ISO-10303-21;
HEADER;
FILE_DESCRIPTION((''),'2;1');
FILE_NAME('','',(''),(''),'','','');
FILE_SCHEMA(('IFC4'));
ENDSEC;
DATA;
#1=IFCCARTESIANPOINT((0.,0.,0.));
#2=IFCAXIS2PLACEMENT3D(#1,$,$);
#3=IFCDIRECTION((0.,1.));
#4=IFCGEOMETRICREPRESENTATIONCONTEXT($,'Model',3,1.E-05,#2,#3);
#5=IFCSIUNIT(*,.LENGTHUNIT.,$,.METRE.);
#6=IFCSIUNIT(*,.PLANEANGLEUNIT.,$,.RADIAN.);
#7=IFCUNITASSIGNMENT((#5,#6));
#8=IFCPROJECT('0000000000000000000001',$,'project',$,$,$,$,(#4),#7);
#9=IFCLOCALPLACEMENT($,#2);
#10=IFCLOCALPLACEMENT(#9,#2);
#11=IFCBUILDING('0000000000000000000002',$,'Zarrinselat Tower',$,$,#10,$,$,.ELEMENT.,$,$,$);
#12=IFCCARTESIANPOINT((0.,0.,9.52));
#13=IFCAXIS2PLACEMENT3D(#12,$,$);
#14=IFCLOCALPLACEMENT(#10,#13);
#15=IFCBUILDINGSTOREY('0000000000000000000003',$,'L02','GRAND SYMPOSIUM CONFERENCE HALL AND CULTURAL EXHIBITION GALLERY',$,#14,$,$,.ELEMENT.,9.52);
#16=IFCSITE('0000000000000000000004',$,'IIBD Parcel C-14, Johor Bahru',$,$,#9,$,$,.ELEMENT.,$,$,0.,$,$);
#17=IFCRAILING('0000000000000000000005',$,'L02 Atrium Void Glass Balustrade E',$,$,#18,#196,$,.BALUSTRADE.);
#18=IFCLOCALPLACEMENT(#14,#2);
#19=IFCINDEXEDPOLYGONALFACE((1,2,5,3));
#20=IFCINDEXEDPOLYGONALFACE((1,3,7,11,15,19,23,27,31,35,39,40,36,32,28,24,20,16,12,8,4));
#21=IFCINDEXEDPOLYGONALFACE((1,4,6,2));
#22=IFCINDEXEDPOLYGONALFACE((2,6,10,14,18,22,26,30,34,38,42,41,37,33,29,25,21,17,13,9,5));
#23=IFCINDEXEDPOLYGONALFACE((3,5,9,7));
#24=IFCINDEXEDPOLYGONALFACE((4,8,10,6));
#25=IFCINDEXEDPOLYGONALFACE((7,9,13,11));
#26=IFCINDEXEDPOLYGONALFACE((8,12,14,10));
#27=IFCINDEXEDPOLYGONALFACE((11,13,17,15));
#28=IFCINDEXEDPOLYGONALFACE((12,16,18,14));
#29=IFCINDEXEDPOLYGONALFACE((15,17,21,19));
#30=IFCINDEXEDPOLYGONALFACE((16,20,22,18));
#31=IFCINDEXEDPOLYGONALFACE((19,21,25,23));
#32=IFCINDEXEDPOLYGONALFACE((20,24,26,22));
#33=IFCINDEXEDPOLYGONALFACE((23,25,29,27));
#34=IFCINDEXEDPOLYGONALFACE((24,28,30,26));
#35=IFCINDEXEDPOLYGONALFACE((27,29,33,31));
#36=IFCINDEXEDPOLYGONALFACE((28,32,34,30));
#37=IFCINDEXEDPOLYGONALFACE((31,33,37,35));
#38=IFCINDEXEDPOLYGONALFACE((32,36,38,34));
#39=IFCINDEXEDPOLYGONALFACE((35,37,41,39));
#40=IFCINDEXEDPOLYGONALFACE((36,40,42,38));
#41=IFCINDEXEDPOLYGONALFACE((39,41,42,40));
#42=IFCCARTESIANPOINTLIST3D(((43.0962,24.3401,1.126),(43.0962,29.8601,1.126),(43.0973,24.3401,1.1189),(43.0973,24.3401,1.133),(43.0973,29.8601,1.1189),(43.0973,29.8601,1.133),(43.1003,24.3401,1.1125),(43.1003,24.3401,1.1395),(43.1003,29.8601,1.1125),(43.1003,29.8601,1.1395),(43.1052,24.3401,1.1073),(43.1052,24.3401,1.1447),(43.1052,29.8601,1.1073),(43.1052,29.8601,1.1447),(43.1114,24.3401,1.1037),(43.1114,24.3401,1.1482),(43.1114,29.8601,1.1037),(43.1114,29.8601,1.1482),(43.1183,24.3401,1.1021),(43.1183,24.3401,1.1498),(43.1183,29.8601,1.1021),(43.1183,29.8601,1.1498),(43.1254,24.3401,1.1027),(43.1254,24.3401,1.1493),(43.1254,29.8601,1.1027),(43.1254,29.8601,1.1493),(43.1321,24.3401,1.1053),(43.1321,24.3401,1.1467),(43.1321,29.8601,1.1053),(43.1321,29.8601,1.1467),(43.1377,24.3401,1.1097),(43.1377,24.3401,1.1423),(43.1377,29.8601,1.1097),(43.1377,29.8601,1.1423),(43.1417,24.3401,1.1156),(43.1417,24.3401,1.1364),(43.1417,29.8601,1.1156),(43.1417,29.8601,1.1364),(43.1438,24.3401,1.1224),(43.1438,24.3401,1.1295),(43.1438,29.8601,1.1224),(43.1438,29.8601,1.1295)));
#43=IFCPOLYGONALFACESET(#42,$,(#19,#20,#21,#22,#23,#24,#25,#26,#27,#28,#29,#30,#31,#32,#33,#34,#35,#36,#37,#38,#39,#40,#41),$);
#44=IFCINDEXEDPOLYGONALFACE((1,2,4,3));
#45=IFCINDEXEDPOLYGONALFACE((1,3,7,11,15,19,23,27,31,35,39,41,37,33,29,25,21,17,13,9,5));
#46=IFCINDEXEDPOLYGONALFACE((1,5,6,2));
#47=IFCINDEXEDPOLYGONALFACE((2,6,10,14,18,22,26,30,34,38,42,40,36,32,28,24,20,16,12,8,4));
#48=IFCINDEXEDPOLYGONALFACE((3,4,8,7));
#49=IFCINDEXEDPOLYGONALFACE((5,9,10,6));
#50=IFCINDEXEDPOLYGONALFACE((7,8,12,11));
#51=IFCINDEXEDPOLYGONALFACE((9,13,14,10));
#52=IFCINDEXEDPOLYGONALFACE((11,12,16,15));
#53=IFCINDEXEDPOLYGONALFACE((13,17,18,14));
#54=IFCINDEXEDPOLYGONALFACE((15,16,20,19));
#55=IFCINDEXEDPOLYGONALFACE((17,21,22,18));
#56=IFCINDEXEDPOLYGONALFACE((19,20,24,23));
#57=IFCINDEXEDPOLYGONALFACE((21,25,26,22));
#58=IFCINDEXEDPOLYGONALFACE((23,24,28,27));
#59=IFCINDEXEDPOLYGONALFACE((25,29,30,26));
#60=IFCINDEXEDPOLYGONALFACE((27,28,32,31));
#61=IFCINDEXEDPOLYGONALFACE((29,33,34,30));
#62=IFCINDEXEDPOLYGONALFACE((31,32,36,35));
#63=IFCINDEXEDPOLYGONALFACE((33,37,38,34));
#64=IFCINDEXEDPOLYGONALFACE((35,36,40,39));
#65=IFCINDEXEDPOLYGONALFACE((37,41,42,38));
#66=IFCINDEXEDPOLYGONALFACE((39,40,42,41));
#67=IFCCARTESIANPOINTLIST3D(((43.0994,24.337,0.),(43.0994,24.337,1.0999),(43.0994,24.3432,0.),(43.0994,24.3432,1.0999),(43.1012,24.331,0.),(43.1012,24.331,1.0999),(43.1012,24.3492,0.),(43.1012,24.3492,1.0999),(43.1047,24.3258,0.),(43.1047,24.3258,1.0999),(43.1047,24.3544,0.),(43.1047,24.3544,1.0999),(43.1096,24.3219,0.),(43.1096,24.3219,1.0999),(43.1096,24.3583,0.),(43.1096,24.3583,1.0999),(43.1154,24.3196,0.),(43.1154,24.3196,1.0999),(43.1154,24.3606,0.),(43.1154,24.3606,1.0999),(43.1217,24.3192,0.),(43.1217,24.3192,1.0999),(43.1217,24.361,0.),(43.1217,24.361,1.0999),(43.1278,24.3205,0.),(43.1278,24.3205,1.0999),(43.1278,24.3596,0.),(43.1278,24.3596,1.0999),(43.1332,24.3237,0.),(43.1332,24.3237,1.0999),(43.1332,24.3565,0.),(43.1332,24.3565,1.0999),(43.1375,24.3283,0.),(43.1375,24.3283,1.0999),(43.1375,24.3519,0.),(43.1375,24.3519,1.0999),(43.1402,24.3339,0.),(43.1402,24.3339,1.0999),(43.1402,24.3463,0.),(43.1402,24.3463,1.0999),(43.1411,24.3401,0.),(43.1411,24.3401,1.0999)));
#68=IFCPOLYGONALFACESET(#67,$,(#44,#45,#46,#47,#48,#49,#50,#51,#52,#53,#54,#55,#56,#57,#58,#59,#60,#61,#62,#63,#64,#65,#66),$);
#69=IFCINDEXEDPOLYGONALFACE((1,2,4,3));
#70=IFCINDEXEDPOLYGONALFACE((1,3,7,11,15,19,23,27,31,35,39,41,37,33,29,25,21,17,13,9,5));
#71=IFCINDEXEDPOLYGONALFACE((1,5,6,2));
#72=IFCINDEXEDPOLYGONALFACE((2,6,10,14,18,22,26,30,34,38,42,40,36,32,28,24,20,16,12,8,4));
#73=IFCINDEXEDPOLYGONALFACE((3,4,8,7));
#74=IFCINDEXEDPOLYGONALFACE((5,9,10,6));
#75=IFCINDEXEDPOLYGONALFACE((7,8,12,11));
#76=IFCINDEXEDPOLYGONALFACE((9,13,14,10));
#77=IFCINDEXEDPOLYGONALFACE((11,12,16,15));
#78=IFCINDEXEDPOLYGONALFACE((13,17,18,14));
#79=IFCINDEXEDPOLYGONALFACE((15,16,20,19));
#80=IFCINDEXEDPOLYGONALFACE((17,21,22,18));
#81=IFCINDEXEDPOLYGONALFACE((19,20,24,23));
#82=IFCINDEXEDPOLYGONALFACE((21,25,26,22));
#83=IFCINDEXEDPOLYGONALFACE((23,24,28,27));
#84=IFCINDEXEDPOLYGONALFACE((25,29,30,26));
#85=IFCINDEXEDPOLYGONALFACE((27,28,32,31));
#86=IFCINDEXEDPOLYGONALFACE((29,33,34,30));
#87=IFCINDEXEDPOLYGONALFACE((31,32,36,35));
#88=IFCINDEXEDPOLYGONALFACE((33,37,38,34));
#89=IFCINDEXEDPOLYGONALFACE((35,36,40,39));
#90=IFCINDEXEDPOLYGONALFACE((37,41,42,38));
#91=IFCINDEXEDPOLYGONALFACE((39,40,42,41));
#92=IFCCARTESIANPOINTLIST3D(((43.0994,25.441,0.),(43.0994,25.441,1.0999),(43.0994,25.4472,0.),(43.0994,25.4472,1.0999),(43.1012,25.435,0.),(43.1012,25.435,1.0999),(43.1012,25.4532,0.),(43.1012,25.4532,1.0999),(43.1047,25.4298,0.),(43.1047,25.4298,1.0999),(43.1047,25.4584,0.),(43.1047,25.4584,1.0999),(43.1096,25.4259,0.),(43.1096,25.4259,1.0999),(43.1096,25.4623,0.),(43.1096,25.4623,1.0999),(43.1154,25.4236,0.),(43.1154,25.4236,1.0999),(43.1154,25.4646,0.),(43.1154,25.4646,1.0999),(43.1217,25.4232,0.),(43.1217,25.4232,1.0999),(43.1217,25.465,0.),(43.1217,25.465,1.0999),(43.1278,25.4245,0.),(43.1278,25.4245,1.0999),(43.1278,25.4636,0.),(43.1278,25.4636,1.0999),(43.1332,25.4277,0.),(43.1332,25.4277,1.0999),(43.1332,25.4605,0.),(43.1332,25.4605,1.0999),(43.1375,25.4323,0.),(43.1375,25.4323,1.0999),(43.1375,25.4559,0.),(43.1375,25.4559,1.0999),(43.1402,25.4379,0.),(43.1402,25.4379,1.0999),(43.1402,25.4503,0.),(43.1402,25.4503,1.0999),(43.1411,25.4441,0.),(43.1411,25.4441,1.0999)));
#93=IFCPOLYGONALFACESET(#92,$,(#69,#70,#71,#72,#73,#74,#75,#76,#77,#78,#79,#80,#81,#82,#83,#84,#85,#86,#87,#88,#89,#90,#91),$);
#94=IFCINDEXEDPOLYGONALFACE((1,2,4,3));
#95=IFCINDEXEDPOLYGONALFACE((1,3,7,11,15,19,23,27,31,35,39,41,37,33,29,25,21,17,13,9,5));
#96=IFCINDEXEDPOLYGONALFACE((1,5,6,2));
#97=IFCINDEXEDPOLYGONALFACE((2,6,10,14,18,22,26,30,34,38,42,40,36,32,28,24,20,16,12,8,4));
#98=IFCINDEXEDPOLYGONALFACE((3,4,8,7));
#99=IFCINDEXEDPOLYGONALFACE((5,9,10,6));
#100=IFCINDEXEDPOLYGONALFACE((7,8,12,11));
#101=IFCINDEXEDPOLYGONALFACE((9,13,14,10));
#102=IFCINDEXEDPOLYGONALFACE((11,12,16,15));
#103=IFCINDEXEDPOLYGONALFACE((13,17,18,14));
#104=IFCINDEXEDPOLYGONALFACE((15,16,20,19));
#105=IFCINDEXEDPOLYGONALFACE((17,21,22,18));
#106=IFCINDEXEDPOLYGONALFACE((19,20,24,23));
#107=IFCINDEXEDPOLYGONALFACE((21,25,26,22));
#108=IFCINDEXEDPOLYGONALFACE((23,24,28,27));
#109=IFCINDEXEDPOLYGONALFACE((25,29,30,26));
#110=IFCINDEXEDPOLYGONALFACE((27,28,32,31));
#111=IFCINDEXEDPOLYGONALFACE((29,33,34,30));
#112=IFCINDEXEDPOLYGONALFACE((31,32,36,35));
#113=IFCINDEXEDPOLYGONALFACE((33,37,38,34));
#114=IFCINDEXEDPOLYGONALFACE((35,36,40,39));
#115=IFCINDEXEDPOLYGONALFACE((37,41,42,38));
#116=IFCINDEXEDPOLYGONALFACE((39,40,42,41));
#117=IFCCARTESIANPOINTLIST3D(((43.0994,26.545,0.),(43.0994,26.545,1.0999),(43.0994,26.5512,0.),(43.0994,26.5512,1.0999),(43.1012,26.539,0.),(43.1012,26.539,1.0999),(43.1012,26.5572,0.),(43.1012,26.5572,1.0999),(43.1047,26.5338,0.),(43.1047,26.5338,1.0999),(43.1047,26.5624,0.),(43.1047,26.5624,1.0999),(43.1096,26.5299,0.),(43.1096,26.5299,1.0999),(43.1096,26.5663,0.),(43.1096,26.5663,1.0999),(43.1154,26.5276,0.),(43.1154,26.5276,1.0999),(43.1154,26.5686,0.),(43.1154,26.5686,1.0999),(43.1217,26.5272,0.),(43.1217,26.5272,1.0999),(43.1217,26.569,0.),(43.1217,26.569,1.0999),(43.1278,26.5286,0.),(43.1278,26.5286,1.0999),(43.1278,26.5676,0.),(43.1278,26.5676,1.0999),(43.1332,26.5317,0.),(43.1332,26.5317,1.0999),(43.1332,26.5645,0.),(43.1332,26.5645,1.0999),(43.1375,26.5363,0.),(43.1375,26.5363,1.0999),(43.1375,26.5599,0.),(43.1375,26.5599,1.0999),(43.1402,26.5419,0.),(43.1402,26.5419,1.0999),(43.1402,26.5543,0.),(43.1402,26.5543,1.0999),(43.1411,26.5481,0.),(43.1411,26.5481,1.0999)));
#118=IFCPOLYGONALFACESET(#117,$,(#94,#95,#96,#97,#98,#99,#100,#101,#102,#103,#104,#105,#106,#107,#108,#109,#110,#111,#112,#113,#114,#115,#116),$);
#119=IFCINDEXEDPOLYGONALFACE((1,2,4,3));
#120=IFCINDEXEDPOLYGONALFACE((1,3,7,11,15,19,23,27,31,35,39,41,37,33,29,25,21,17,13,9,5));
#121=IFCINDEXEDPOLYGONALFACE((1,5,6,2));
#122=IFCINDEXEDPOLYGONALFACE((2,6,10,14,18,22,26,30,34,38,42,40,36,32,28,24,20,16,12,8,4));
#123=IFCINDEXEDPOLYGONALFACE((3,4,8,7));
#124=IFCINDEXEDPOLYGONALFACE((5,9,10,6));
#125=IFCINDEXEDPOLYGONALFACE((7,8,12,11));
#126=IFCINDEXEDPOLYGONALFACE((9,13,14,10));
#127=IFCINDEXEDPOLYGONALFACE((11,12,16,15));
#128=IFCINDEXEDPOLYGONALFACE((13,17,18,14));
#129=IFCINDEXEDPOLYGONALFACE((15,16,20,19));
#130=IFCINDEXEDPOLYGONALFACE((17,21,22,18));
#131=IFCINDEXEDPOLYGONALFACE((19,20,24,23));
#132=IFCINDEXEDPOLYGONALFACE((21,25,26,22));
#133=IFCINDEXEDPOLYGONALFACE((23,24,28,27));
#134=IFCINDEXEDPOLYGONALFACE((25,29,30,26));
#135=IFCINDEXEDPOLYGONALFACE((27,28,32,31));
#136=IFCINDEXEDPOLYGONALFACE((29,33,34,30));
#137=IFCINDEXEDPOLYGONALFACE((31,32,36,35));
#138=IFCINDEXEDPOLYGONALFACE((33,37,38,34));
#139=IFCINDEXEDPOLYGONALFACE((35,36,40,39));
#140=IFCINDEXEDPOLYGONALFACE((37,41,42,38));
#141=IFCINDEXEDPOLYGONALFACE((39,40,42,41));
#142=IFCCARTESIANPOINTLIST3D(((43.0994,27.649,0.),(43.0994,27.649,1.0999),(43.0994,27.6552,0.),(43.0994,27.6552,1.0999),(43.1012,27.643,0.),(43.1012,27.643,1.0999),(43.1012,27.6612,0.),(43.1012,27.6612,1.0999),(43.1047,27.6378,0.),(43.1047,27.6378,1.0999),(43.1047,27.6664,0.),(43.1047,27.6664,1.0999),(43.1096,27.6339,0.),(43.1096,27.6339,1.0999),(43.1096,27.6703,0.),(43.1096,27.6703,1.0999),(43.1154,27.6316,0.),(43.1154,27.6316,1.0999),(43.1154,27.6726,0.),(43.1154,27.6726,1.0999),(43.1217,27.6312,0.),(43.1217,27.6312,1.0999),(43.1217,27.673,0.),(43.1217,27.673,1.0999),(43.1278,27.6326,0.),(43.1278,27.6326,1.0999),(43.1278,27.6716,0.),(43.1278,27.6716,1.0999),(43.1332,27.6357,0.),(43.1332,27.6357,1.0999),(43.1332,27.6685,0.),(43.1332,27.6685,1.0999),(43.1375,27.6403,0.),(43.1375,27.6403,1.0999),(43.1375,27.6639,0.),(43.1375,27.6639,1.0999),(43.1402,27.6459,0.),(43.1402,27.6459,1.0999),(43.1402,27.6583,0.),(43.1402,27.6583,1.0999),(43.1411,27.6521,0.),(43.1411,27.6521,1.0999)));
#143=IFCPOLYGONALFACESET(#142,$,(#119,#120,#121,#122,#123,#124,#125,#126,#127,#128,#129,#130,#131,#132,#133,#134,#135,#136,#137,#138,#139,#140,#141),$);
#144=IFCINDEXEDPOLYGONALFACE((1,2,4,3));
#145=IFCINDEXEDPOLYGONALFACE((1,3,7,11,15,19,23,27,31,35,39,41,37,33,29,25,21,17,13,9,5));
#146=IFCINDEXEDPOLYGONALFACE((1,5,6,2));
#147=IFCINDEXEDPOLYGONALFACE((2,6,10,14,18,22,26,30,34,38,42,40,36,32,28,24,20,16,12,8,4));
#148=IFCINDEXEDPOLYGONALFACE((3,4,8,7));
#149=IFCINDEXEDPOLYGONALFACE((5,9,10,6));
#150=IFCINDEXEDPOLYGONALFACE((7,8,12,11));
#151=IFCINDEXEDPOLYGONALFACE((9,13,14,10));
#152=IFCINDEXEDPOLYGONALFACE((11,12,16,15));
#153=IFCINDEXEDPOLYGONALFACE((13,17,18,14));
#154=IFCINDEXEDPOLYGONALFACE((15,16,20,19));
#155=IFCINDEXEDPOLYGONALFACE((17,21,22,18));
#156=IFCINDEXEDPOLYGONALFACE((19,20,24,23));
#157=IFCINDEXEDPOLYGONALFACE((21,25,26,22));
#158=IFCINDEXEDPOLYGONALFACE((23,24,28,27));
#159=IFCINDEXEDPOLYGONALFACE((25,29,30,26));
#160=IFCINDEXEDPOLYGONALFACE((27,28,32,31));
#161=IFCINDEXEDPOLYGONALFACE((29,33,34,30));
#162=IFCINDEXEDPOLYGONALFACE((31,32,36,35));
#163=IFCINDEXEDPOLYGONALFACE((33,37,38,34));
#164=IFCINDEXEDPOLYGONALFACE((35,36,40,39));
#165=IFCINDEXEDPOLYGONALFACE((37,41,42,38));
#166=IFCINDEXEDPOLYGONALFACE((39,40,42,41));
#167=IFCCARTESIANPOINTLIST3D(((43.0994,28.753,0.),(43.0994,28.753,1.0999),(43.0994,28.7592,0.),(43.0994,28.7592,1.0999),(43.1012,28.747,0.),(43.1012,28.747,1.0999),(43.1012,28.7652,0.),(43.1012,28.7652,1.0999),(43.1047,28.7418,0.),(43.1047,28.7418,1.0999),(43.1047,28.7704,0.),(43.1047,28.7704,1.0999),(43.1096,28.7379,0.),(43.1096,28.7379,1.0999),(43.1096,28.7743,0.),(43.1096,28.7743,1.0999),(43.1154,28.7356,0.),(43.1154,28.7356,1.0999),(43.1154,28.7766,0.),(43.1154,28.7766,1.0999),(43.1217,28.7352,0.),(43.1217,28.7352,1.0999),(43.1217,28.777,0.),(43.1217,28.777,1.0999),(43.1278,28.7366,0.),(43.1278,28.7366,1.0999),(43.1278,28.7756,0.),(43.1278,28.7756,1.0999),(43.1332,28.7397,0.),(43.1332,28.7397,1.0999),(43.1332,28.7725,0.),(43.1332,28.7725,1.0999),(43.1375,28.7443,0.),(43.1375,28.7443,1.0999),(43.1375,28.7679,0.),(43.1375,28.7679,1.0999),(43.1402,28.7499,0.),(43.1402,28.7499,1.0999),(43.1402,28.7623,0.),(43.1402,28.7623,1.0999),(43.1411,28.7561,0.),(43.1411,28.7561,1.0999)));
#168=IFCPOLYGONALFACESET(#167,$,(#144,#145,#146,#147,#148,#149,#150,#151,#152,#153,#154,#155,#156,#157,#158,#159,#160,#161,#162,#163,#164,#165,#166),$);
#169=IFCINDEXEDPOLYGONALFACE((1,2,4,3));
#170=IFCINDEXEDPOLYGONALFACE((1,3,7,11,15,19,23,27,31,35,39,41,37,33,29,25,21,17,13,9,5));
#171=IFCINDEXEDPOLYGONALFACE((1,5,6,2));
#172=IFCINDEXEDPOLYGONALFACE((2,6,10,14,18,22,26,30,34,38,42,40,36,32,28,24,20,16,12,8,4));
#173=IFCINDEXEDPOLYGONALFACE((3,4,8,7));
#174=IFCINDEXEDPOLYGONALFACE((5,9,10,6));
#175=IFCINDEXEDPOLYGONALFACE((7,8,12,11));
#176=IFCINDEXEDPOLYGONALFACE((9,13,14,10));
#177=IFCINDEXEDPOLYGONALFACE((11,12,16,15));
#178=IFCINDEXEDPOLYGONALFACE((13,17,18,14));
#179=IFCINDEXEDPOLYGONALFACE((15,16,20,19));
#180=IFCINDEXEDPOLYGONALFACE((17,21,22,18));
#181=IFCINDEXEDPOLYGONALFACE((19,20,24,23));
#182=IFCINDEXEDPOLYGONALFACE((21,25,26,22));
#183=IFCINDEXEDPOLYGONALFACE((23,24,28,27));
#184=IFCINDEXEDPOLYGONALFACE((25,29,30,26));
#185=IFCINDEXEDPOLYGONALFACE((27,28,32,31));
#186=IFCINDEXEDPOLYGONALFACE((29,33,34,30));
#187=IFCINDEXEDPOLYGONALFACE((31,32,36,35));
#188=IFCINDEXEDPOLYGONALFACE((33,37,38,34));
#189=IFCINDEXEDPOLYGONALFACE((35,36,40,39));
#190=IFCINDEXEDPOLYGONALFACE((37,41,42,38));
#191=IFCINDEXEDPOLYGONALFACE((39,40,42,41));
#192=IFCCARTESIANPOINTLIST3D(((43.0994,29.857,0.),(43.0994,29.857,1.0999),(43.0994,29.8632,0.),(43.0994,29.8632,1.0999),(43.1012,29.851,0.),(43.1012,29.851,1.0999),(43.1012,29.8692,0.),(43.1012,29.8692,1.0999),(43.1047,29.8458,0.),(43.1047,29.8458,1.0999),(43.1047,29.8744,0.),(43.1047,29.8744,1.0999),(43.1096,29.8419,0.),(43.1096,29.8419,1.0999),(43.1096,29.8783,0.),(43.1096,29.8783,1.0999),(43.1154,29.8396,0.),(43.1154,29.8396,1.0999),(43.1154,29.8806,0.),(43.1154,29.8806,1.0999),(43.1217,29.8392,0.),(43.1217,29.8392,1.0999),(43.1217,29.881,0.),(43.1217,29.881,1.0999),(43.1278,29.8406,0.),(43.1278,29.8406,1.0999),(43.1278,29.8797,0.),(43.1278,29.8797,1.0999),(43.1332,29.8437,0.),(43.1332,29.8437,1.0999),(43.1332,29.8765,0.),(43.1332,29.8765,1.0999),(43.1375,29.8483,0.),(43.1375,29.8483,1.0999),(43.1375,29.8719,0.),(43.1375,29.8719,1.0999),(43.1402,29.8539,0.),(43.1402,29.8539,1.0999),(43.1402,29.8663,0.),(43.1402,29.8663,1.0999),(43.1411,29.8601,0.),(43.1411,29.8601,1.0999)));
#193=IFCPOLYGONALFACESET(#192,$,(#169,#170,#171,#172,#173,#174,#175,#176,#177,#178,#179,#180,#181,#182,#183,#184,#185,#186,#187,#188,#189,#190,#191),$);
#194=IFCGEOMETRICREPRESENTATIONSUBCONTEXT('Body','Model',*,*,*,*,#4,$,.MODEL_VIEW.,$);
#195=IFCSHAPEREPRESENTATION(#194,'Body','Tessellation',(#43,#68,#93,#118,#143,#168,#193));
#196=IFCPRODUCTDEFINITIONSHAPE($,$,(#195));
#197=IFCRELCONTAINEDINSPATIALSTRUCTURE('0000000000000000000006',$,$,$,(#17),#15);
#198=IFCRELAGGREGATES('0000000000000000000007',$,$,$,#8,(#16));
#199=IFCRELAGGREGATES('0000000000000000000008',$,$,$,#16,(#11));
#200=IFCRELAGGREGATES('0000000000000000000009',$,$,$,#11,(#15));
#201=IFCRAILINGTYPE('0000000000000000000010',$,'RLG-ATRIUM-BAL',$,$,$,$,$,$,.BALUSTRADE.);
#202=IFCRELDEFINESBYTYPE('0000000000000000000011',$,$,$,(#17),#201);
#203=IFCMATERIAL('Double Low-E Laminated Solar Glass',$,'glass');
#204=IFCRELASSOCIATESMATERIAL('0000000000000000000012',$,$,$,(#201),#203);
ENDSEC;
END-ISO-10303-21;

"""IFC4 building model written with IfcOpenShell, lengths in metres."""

from ifc_helpers import new_model, si_unit, direction, frame, origin, origin_2d, place, context, subcontext, project, spatial, circle, extrude, material, type_object, element, save


model = new_model("IFC4")

# Units and contexts
model_context = context("Model", 3, precision=1e-05, world=origin(), true_north=direction((0.0, 1.0)))
body_context = subcontext(model_context, "Body", "Model", "MODEL_VIEW")
ifc_project = project(units=[si_unit("LENGTHUNIT", "METRE"), si_unit("PLANEANGLEUNIT", "RADIAN")], contexts=[model_context])

# Site, building, storey
site_placement = place(None, origin())
site = spatial("IfcSite", under=ifc_project, at=site_placement, Name="IIBD Parcel C-14, Johor Bahru", CompositionType="ELEMENT", RefElevation=0.0)
building_placement = place(site_placement, origin())
building = spatial("IfcBuilding", under=site, at=building_placement, Name="Zarrinselat Tower", CompositionType="ELEMENT")
storey_placement = place(building_placement, frame((0.0, 0.0, 9.52)))
storey = spatial("IfcBuildingStorey", under=building, at=storey_placement, Name="L02", Description="GRAND SYMPOSIUM CONFERENCE HALL AND CULTURAL EXHIBITION GALLERY", CompositionType="ELEMENT", Elevation=9.52)

# Railing
ifc_material_1 = material(Name="Double Low-E Laminated Solar Glass", Category="glass")
railing_type = type_object("IfcRailingType", Name="RLG-ATRIUM-BAL", PredefinedType="BALUSTRADE", material=ifc_material_1)
railing_placement = place(storey_placement, frame((43.1201, 24.3401, 0.0)))
element("IfcRailing", 1, at=railing_placement, inside=storey, type_object=railing_type, Name="L02 Atrium Void Glass Balustrade E", PredefinedType="BALUSTRADE", context=body_context, shape_type="SweptSolid", body=[
    extrude(circle(Radius=0.0239, at=origin_2d()), frame((0.0, 0.0, 1.126), z_axis=(0.0, 1.0, 0.0), x_axis=(-1.0, 0.0, 0.0)), (0.0, 0.0, 1.0), 5.52),
    extrude(circle(Radius=0.021, at=origin_2d()), origin(), (0.0, 0.0, 1.0), 1.0999),
    extrude(circle(Radius=0.021, at=origin_2d()), frame((0.0, 1.104, 0.0)), (0.0, 0.0, 1.0), 1.0999),
    extrude(circle(Radius=0.021, at=origin_2d()), frame((0.0, 2.208, 0.0)), (0.0, 0.0, 1.0), 1.0999),
    extrude(circle(Radius=0.021, at=origin_2d()), frame((0.0, 3.312, 0.0)), (0.0, 0.0, 1.0), 1.0999),
    extrude(circle(Radius=0.021, at=origin_2d()), frame((0.0, 4.416, 0.0)), (0.0, 0.0, 1.0), 1.0999),
    extrude(circle(Radius=0.021, at=origin_2d()), frame((0.0, 5.52, 0.0)), (0.0, 0.0, 1.0), 1.0999),
])

save(model, "model.ifc")
